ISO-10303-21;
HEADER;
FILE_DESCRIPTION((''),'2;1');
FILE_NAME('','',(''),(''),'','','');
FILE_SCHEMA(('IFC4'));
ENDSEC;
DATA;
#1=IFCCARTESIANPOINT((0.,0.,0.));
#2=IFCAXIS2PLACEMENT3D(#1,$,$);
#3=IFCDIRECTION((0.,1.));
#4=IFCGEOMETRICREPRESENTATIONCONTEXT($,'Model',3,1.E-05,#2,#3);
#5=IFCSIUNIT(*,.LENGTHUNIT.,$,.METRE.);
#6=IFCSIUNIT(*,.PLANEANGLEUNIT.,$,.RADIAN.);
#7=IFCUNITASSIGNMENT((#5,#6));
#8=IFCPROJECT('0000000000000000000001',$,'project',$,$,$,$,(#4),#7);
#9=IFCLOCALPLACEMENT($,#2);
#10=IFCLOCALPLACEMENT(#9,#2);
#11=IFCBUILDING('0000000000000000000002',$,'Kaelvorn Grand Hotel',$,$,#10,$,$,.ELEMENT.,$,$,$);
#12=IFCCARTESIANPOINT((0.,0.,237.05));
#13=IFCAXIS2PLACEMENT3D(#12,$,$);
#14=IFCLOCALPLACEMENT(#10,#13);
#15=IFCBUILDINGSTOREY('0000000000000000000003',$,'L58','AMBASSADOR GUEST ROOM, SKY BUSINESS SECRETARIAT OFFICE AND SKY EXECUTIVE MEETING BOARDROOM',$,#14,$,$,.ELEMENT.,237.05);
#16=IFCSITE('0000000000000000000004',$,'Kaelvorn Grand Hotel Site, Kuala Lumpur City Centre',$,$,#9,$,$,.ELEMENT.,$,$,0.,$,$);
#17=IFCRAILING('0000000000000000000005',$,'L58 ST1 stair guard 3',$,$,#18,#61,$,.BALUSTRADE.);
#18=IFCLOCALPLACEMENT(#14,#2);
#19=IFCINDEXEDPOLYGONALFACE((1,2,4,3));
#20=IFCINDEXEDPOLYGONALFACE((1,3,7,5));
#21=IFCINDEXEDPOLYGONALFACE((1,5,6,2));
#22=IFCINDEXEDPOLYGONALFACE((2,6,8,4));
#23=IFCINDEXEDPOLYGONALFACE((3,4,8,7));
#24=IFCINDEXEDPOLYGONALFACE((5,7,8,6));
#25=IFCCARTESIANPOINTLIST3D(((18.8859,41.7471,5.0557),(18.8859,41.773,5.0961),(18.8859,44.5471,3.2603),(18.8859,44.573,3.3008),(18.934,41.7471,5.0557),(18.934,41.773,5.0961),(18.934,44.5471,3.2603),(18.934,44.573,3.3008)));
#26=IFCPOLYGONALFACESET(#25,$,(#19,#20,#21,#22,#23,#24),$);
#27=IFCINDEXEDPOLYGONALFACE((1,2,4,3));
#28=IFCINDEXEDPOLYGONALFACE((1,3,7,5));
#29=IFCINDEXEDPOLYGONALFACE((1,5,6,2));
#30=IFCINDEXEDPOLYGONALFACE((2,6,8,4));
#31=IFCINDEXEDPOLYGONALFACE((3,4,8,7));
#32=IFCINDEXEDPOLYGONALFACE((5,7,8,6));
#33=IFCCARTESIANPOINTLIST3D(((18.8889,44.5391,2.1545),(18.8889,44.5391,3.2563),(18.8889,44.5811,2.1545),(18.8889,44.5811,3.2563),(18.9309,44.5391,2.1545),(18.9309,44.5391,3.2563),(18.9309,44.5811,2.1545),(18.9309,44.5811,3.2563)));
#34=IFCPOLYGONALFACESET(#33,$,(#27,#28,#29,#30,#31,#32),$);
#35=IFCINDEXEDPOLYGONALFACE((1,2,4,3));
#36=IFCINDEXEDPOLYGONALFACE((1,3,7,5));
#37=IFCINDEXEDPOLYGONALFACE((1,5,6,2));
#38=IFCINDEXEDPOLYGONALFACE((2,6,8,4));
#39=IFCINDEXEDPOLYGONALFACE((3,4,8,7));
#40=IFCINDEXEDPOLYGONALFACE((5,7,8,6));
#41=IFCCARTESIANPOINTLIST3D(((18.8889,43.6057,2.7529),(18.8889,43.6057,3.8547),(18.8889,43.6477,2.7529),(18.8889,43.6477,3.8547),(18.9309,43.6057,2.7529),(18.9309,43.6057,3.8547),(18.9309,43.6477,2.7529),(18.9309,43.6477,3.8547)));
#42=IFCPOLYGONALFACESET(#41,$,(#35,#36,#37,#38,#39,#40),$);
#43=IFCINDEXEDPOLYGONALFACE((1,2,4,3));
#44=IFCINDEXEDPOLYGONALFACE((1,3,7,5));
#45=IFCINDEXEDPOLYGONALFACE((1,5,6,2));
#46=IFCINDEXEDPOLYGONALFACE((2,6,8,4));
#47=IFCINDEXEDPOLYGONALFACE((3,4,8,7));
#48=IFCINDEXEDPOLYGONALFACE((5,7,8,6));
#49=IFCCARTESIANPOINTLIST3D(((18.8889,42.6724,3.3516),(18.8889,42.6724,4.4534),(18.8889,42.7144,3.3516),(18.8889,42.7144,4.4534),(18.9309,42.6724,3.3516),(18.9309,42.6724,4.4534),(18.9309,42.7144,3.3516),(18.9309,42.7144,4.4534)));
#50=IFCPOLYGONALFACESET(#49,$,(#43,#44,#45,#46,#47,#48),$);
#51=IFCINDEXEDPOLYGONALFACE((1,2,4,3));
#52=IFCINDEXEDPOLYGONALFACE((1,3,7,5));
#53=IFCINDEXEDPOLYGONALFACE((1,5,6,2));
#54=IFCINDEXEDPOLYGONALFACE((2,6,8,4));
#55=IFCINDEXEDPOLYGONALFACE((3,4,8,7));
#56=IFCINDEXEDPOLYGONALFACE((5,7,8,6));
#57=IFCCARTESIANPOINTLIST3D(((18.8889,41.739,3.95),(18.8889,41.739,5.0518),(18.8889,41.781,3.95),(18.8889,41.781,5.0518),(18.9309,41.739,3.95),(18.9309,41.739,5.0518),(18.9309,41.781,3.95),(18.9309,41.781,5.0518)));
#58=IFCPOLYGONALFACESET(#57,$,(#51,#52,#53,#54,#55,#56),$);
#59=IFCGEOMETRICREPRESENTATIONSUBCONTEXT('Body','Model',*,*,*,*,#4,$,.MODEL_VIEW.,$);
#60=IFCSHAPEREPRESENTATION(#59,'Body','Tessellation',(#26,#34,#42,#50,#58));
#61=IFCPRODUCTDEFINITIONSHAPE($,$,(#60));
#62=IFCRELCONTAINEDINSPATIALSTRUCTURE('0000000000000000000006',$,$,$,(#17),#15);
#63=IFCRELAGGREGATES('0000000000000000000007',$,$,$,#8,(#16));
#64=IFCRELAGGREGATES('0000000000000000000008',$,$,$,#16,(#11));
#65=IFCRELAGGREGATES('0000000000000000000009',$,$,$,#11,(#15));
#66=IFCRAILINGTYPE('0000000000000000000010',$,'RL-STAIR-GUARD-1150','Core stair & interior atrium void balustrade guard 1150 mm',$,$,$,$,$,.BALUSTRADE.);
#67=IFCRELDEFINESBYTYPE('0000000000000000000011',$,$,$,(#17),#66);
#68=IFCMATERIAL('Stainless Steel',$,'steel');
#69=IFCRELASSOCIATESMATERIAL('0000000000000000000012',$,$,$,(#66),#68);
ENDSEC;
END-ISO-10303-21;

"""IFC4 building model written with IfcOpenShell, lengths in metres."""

from ifc_helpers import new_model, si_unit, direction, frame, origin, origin_2d, place, context, subcontext, project, spatial, rectangle, extrude, material, type_object, element, save


model = new_model("IFC4")

# Units and contexts
model_context = context("Model", 3, precision=1e-05, world=origin(), true_north=direction((0.0, 1.0)))
body_context = subcontext(model_context, "Body", "Model", "MODEL_VIEW")
ifc_project = project(units=[si_unit("LENGTHUNIT", "METRE"), si_unit("PLANEANGLEUNIT", "RADIAN")], contexts=[model_context])

# Site, building, storey
site_placement = place(None, origin())
site = spatial("IfcSite", under=ifc_project, at=site_placement, Name="Kaelvorn Grand Hotel Site, Kuala Lumpur City Centre", CompositionType="ELEMENT", RefElevation=0.0)
building_placement = place(site_placement, origin())
building = spatial("IfcBuilding", under=site, at=building_placement, Name="Kaelvorn Grand Hotel", CompositionType="ELEMENT")
storey_placement = place(building_placement, frame((0.0, 0.0, 237.05)))
storey = spatial("IfcBuildingStorey", under=building, at=storey_placement, Name="L58", Description="AMBASSADOR GUEST ROOM, SKY BUSINESS SECRETARIAT OFFICE AND SKY EXECUTIVE MEETING BOARDROOM", CompositionType="ELEMENT", Elevation=237.05)

# Railing
ifc_material_1 = material(Name="Stainless Steel", Category="steel")
railing_type_1 = type_object("IfcRailingType", Name="RL-STAIR-GUARD-1150", Description="Core stair & interior atrium void balustrade guard 1150 mm", PredefinedType="BALUSTRADE", material=ifc_material_1)
railing_1_placement = place(storey_placement, frame((18.9099, 44.5601, 2.1545)))
element("IfcRailing", 1, at=railing_1_placement, inside=storey, type_object=railing_type_1, Name="L58 ST1 stair guard 3", PredefinedType="BALUSTRADE", context=body_context, shape_type="SweptSolid", body=[
    extrude(rectangle(XDim=0.0481, YDim=0.0481, at=origin_2d()), frame((0.0, 0.0, 1.126), z_axis=(0.0, -0.84181, 0.539774), x_axis=(1.0, 0.0, 0.0)), (0.0, 0.0, 1.0), 3.3262),
    extrude(rectangle(XDim=0.042, YDim=0.042, at=origin_2d()), origin(), (0.0, 0.0, 1.0), 1.1018),
    extrude(rectangle(XDim=0.042, YDim=0.042, at=origin_2d()), frame((0.0, -0.9333, 0.5984)), (0.0, 0.0, 1.0), 1.1018),
    extrude(rectangle(XDim=0.042, YDim=0.042, at=origin_2d()), frame((0.0, -1.8667, 1.197)), (0.0, 0.0, 1.0), 1.1018),
    extrude(rectangle(XDim=0.042, YDim=0.042, at=origin_2d()), frame((0.0, -2.8, 1.7954)), (0.0, 0.0, 1.0), 1.1018),
])

save(model, "model.ifc")
